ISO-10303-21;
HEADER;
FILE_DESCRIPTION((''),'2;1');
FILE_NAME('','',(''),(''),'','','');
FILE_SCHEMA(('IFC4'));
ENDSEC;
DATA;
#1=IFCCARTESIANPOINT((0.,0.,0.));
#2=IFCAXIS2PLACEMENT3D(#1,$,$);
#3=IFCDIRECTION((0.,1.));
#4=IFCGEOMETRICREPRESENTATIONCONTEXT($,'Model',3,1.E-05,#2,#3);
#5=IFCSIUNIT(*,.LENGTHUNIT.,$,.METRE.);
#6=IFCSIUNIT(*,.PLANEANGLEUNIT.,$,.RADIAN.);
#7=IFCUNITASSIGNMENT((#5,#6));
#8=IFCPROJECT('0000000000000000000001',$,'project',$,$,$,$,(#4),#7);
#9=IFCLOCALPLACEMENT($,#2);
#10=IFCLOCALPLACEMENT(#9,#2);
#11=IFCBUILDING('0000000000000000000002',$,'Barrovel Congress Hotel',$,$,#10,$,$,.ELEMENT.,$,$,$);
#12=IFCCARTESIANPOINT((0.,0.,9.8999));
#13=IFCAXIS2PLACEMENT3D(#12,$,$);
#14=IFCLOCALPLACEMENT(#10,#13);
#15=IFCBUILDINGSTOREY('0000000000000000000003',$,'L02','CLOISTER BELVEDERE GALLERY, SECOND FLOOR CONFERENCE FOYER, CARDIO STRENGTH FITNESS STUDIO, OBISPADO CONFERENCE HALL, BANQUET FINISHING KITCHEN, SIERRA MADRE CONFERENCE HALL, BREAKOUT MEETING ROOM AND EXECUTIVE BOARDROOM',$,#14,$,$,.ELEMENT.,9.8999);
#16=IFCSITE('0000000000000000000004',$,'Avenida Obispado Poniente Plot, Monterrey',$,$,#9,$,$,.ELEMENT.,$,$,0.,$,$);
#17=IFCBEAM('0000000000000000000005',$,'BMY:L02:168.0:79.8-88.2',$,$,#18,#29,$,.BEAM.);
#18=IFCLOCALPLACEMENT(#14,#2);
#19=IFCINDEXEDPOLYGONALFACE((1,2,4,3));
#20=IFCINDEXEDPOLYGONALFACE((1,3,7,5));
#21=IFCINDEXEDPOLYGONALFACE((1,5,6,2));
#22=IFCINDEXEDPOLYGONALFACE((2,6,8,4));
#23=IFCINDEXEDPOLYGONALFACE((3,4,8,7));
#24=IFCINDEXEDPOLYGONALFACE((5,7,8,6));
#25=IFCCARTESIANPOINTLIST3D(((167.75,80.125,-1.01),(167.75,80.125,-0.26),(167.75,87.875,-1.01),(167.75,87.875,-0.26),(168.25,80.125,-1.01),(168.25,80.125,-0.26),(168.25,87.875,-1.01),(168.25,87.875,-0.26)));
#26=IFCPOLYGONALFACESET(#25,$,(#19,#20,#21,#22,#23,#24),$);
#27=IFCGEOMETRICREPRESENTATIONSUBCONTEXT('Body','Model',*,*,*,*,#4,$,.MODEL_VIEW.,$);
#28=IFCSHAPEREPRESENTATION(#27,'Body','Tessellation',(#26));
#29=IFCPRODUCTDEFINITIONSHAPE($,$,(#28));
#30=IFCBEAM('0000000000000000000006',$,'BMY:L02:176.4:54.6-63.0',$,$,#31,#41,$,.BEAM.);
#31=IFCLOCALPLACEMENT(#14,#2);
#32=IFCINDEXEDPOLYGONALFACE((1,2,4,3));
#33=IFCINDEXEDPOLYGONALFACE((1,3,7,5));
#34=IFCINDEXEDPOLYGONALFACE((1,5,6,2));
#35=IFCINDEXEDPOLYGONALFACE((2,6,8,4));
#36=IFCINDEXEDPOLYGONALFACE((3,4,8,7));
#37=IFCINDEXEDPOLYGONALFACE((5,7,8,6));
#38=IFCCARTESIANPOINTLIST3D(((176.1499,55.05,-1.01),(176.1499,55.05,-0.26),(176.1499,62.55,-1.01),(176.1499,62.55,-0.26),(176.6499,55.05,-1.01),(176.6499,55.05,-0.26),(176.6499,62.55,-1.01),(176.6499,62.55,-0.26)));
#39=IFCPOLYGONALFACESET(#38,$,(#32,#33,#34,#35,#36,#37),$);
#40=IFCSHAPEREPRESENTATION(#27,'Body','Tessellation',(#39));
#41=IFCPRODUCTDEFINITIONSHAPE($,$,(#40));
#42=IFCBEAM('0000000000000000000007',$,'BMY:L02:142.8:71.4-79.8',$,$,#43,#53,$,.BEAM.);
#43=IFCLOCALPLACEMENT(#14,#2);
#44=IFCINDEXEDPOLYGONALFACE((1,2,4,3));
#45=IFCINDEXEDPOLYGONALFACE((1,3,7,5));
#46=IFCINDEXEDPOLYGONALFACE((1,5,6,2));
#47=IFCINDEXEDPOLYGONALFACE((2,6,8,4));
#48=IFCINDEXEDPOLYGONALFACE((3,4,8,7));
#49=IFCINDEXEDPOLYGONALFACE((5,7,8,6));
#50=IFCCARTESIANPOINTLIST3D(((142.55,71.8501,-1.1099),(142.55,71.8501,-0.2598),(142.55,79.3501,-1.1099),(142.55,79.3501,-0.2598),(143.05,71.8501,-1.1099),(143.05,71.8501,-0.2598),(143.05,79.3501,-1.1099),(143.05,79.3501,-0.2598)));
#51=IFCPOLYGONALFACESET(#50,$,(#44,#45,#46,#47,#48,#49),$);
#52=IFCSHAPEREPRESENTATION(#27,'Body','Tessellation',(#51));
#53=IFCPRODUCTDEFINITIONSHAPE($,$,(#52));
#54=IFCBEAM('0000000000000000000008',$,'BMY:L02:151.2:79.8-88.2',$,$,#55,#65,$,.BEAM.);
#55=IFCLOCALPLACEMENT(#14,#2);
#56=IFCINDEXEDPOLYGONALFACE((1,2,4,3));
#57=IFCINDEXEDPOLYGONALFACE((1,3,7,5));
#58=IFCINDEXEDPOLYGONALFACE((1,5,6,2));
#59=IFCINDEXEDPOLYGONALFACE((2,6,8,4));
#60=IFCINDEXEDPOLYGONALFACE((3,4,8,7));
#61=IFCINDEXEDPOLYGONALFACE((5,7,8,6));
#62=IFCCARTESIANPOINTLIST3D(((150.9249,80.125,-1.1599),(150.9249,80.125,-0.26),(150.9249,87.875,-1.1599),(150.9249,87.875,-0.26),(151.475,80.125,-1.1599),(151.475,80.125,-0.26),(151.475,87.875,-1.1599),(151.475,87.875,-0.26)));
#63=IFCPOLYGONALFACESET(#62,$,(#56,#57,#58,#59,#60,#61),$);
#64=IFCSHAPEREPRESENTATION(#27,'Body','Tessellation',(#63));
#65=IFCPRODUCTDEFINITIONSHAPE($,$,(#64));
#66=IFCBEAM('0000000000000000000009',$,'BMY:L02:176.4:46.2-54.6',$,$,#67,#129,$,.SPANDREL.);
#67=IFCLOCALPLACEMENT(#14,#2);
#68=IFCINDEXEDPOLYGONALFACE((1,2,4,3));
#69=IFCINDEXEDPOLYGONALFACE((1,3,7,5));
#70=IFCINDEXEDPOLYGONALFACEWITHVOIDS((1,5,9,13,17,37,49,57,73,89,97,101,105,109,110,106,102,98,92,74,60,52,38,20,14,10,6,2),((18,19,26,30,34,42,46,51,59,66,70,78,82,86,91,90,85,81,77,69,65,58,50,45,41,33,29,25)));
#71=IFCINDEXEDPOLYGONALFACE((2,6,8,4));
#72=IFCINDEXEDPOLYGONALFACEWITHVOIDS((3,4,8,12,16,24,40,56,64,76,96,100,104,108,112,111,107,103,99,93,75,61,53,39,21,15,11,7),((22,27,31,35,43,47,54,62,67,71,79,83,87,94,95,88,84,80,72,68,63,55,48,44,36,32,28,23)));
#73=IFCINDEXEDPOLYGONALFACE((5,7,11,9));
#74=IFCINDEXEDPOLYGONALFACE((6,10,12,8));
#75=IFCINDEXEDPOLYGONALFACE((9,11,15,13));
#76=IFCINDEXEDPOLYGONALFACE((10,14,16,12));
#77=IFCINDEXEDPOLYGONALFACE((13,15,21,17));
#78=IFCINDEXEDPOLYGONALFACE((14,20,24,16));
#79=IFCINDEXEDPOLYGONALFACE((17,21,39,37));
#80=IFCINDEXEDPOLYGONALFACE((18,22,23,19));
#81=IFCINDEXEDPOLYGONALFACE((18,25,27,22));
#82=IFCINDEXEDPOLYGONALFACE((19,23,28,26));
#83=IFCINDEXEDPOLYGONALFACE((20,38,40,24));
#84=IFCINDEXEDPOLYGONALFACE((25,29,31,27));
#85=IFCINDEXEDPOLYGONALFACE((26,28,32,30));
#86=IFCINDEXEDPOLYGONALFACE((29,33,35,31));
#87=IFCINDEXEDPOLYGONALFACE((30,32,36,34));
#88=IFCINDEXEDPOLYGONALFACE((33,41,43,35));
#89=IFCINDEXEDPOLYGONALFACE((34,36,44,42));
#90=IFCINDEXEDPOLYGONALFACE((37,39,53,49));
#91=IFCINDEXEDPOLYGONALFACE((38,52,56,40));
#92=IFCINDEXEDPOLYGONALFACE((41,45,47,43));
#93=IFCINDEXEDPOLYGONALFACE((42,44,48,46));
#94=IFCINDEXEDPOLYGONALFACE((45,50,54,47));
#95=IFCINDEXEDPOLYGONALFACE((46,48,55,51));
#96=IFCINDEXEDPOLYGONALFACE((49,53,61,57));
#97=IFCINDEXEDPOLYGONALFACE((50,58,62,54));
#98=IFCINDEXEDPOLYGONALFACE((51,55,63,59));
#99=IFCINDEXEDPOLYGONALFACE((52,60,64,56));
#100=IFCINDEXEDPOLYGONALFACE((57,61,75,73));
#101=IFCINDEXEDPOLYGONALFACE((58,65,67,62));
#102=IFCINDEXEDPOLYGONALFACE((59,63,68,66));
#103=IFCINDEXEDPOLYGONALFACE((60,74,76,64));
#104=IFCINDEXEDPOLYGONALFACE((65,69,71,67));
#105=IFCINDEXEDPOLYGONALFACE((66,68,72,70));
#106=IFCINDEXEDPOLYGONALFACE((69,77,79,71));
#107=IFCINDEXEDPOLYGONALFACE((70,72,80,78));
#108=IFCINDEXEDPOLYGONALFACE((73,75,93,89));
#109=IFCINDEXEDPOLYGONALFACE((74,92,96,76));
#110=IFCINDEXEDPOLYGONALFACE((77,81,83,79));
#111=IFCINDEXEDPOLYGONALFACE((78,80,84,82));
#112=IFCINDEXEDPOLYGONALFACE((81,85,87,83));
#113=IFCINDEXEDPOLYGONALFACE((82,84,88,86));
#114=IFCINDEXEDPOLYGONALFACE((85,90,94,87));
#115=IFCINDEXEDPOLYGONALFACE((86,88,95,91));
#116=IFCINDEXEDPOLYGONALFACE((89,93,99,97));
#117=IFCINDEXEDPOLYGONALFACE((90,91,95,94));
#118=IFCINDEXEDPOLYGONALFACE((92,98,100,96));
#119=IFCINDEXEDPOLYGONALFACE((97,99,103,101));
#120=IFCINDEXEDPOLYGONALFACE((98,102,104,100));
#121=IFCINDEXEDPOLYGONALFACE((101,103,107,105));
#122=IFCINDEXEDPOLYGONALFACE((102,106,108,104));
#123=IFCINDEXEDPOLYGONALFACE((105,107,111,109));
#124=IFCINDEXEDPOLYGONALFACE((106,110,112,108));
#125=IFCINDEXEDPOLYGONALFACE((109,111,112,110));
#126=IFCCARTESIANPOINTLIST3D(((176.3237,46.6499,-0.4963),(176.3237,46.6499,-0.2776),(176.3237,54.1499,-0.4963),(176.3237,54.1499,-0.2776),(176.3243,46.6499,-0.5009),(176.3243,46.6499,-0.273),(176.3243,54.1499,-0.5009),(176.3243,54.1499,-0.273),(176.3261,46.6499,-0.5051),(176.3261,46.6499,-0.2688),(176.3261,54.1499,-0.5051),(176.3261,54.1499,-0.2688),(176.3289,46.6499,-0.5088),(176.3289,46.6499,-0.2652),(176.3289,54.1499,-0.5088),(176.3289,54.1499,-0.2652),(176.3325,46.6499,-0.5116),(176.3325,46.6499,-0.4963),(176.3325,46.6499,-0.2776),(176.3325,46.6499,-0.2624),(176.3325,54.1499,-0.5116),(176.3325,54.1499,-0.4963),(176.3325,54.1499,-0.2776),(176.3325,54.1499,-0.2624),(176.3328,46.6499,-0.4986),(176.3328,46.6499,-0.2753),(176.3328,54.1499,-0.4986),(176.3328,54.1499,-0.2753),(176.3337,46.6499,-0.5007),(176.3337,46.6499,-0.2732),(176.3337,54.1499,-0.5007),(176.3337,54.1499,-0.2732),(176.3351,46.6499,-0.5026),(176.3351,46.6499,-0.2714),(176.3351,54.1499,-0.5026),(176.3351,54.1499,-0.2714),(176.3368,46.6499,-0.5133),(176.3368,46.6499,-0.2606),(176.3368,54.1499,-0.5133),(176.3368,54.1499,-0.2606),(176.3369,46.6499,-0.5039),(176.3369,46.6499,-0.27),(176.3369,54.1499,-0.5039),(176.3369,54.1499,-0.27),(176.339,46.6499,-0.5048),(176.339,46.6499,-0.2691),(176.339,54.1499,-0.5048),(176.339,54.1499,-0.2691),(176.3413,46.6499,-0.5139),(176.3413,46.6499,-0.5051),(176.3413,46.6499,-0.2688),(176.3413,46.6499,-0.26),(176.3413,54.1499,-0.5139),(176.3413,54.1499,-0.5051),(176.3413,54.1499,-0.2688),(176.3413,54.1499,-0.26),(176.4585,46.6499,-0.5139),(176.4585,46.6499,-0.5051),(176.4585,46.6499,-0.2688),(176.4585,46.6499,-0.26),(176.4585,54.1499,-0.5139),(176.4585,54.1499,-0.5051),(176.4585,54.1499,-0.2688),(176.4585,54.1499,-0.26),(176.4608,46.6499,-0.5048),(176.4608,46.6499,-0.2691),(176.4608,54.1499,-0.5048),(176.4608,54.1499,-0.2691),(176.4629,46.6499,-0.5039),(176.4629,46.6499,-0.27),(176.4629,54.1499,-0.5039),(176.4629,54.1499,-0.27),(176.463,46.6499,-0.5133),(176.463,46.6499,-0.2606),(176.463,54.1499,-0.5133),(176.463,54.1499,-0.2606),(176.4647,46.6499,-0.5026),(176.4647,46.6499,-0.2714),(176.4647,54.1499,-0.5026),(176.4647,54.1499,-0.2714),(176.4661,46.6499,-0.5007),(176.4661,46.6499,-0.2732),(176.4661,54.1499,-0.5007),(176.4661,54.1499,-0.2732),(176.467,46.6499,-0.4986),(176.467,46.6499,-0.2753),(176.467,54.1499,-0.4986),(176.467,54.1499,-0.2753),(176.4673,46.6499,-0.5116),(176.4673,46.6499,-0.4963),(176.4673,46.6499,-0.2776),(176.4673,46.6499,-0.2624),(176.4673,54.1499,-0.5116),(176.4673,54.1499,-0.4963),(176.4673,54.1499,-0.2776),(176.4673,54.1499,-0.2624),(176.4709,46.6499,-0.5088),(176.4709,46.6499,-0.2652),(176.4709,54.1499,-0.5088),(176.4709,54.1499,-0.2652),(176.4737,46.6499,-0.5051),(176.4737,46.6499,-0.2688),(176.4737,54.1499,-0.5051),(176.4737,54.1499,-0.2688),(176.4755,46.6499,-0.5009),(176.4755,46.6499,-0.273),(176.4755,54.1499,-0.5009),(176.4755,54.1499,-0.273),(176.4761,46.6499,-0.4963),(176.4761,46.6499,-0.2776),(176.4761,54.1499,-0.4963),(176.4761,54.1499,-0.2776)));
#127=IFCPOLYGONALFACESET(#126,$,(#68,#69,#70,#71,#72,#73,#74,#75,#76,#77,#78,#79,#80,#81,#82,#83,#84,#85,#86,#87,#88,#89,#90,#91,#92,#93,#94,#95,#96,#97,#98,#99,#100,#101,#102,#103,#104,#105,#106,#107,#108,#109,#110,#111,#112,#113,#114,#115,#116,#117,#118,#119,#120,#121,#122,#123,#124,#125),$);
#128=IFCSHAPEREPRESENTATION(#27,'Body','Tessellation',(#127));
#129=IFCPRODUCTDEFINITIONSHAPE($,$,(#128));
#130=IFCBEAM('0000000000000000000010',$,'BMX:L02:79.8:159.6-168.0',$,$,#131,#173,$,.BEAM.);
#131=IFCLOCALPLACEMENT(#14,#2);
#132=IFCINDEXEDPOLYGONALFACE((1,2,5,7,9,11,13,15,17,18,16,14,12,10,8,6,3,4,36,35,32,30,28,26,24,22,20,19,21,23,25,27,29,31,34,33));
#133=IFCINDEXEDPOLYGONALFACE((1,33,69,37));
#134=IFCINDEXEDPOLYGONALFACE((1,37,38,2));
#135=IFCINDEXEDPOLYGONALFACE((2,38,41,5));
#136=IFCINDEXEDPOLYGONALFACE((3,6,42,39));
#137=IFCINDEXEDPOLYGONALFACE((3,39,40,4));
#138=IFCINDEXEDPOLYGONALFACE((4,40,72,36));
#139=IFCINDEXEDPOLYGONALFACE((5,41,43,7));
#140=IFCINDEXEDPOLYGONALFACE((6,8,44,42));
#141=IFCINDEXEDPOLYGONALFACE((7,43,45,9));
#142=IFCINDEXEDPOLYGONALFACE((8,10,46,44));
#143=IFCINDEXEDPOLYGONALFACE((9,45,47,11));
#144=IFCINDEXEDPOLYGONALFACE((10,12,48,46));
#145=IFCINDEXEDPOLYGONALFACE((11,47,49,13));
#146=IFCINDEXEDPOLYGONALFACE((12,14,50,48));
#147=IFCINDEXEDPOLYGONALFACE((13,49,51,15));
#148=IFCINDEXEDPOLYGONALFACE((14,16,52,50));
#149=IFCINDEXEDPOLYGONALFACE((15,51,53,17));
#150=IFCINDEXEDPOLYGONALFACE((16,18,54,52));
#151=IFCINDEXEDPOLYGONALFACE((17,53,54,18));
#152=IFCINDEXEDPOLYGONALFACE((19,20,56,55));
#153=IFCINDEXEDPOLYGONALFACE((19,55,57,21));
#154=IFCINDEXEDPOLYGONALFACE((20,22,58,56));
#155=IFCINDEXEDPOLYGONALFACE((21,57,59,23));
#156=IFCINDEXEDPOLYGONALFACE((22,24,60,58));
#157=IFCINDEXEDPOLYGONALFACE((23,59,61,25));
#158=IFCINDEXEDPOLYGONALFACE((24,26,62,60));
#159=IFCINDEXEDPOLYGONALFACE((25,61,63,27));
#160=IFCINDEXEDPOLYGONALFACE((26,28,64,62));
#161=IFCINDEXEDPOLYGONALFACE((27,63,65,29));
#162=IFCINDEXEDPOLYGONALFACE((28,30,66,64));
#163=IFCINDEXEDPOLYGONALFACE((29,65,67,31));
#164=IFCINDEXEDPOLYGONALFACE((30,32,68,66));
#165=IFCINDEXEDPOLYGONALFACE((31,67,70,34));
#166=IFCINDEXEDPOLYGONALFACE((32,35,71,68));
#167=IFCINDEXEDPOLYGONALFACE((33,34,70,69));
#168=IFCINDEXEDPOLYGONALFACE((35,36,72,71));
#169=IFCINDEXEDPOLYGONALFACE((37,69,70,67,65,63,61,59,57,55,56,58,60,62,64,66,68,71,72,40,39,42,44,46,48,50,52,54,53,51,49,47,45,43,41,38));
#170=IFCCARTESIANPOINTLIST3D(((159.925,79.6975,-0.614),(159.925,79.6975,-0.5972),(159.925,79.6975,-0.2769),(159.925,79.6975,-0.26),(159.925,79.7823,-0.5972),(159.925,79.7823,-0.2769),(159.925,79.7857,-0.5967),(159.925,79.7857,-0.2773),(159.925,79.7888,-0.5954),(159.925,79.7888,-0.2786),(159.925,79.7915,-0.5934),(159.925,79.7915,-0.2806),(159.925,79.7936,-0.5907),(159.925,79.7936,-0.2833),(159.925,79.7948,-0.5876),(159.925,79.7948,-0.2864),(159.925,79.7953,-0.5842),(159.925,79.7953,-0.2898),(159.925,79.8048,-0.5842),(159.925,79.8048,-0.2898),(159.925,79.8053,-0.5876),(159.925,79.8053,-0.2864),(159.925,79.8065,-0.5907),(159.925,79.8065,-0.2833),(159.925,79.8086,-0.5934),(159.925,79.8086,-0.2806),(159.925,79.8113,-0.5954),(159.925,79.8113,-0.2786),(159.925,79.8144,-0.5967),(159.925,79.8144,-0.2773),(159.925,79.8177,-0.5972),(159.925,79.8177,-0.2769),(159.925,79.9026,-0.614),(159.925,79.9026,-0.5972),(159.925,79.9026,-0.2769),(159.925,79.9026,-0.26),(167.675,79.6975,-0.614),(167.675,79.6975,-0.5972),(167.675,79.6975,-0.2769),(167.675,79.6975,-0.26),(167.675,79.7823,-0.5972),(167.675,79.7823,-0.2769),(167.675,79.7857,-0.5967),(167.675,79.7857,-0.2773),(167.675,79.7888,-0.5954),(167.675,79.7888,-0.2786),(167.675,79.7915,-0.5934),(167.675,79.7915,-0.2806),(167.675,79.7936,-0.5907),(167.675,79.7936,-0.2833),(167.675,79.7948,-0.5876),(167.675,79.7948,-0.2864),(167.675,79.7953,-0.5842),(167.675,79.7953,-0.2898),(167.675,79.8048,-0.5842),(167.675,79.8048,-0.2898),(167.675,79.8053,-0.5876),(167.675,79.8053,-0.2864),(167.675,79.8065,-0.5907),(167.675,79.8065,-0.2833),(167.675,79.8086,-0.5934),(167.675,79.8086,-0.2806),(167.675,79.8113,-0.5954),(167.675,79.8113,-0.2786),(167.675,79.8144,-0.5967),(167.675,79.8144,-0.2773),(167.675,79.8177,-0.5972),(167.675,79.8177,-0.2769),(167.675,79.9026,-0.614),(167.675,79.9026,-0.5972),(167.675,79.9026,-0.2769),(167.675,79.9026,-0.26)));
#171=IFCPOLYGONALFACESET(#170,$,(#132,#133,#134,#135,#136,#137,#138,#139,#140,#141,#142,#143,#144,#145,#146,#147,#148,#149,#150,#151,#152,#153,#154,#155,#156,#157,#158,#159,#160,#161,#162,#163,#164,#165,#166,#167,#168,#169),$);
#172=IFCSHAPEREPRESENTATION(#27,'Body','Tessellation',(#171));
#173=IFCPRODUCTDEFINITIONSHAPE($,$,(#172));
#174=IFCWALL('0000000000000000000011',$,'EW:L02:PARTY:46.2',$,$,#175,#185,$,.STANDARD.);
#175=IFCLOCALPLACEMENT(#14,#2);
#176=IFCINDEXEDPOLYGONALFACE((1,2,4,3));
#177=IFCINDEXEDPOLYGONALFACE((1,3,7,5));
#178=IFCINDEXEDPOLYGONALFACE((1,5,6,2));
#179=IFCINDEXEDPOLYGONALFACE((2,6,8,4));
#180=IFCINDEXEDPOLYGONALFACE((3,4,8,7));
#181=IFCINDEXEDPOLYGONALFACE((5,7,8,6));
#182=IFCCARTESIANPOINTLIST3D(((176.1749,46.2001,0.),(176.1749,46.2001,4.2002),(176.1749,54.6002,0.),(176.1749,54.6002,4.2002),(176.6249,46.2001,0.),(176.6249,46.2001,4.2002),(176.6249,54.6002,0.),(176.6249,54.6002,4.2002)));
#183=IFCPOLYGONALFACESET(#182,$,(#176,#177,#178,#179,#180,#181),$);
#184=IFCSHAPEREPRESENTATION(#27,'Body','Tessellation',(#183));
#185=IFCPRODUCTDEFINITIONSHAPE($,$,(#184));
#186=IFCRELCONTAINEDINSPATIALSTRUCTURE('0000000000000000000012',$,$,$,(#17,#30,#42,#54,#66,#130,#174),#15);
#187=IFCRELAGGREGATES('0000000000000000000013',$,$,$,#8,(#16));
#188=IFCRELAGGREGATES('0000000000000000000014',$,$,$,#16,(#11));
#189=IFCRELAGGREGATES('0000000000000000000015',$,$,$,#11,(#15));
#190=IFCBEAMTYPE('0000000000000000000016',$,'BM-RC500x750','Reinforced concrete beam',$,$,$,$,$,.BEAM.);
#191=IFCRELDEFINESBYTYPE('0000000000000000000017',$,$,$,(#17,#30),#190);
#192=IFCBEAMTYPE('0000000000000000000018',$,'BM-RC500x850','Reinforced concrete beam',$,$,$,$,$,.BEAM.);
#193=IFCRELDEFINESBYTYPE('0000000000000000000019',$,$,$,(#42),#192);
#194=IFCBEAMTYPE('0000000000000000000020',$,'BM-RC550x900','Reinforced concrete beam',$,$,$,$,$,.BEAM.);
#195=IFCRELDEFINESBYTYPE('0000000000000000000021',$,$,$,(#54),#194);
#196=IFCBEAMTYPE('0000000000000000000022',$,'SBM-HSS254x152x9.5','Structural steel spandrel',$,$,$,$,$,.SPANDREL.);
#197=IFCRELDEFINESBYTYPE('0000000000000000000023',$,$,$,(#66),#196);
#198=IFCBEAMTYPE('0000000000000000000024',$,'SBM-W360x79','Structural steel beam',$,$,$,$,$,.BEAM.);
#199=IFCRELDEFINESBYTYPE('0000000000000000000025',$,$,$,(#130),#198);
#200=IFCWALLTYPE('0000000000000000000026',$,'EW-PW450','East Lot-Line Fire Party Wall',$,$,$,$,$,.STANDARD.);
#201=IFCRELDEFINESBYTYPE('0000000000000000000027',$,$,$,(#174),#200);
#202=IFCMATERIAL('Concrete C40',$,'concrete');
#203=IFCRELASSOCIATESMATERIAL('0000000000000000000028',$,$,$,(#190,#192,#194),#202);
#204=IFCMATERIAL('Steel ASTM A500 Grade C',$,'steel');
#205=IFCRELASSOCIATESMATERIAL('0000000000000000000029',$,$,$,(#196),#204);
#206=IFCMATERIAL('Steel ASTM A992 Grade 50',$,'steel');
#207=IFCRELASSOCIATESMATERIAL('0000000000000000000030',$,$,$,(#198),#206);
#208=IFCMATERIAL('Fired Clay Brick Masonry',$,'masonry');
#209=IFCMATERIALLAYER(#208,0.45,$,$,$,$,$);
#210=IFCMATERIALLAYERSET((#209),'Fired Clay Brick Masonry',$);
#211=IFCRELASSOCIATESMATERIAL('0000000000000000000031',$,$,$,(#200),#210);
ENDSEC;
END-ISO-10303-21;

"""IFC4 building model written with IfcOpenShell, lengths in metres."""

from ifc_helpers import new_model, si_unit, direction, frame, frame_2d, origin, origin_2d, place, context, subcontext, project, spatial, rectangle, hollow_rectangle, i_section, extrude, material, layer, layer_set, material_profile, profile_set, type_object, element, save


model = new_model("IFC4")

# Units and contexts
model_context = context("Model", 3, precision=1e-05, world=origin(), true_north=direction((0.0, 1.0)))
body_context = subcontext(model_context, "Body", "Model", "MODEL_VIEW")
ifc_project = project(units=[si_unit("LENGTHUNIT", "METRE"), si_unit("PLANEANGLEUNIT", "RADIAN")], contexts=[model_context])

# Site, building, storey
site_placement = place(None, origin())
site = spatial("IfcSite", under=ifc_project, at=site_placement, Name="Avenida Obispado Poniente Plot, Monterrey", CompositionType="ELEMENT", RefElevation=0.0)
building_placement = place(site_placement, origin())
building = spatial("IfcBuilding", under=site, at=building_placement, Name="Barrovel Congress Hotel", CompositionType="ELEMENT")
storey_placement = place(building_placement, frame((0.0, 0.0, 9.8999)))
storey = spatial("IfcBuildingStorey", under=building, at=storey_placement, Name="L02", Description="CLOISTER BELVEDERE GALLERY, SECOND FLOOR CONFERENCE FOYER, CARDIO STRENGTH FITNESS STUDIO, OBISPADO CONFERENCE HALL, BANQUET FINISHING KITCHEN, SIERRA MADRE CONFERENCE HALL, BREAKOUT MEETING ROOM AND EXECUTIVE BOARDROOM", CompositionType="ELEMENT", Elevation=9.8999)

# Shared definitions
ifc_material_1 = material(Name="Concrete C40", Category="concrete")

# Beams
ifc_material_profile_1 = material_profile(ifc_material_1, rectangle(XDim=0.5, YDim=0.75, at=origin_2d()), Name="RC500x750")
ifc_profile_set_1 = profile_set([ifc_material_profile_1], Name="Concrete C40")
beam_type_1 = type_object("IfcBeamType", Name="BM-RC500x750", Description="Reinforced concrete beam", PredefinedType="BEAM", material=ifc_profile_set_1)
beam_1_placement = place(storey_placement, frame((168.0, 80.125, -0.635), z_axis=(0.0, 1.0, 0.0), x_axis=(-1.0, 0.0, 0.0)))
element("IfcBeam", 1, at=beam_1_placement, inside=storey, type_object=beam_type_1, Name="BMY:L02:168.0:79.8-88.2", PredefinedType="BEAM", context=body_context, shape_type="SweptSolid", body=[
    extrude(rectangle(XDim=0.5, YDim=0.75, at=origin_2d()), origin(), (0.0, 0.0, 1.0), 7.75),
])
beam_2_placement = place(storey_placement, frame((176.3999, 55.05, -0.635), z_axis=(0.0, 1.0, 0.0), x_axis=(-1.0, 0.0, 0.0)))
element("IfcBeam", 2, at=beam_2_placement, inside=storey, type_object=beam_type_1, Name="BMY:L02:176.4:54.6-63.0", PredefinedType="BEAM", context=body_context, shape_type="SweptSolid", body=[
    extrude(rectangle(XDim=0.5, YDim=0.75, at=origin_2d()), origin(), (0.0, 0.0, 1.0), 7.5),
])
ifc_material_profile_2 = material_profile(ifc_material_1, rectangle(XDim=0.5, YDim=0.8501, at=origin_2d()), Name="RC500x850")
ifc_profile_set_2 = profile_set([ifc_material_profile_2], Name="Concrete C40")
beam_type_2 = type_object("IfcBeamType", Name="BM-RC500x850", Description="Reinforced concrete beam", PredefinedType="BEAM", material=ifc_profile_set_2)
beam_3_placement = place(storey_placement, frame((142.8, 71.8501, -0.6848), z_axis=(0.0, 1.0, 0.0), x_axis=(-1.0, 0.0, 0.0)))
element("IfcBeam", 3, at=beam_3_placement, inside=storey, type_object=beam_type_2, Name="BMY:L02:142.8:71.4-79.8", PredefinedType="BEAM", context=body_context, shape_type="SweptSolid", body=[
    extrude(rectangle(XDim=0.5, YDim=0.8501, at=origin_2d()), origin(), (0.0, 0.0, 1.0), 7.5),
])
ifc_material_profile_3 = material_profile(ifc_material_1, rectangle(XDim=0.55, YDim=0.8999, at=origin_2d()), Name="RC550x900")
ifc_profile_set_3 = profile_set([ifc_material_profile_3], Name="Concrete C40")
beam_type_3 = type_object("IfcBeamType", Name="BM-RC550x900", Description="Reinforced concrete beam", PredefinedType="BEAM", material=ifc_profile_set_3)
beam_4_placement = place(storey_placement, frame((151.2, 80.125, -0.71), z_axis=(0.0, 1.0, 0.0), x_axis=(-1.0, 0.0, 0.0)))
element("IfcBeam", 4, at=beam_4_placement, inside=storey, type_object=beam_type_3, Name="BMY:L02:151.2:79.8-88.2", PredefinedType="BEAM", context=body_context, shape_type="SweptSolid", body=[
    extrude(rectangle(XDim=0.55, YDim=0.8999, at=origin_2d()), origin(), (0.0, 0.0, 1.0), 7.75),
])
ifc_material_2 = material(Name="Steel ASTM A500 Grade C", Category="steel")
ifc_material_profile_4 = material_profile(ifc_material_2, hollow_rectangle(XDim=0.1523, YDim=0.2539, WallThickness=0.0088, InnerFilletRadius=0.0088, OuterFilletRadius=0.0176, at=origin_2d()), Name="HSS254x152x9.5")
ifc_profile_set_4 = profile_set([ifc_material_profile_4], Name="Steel ASTM A500 Grade C")
beam_type_4 = type_object("IfcBeamType", Name="SBM-HSS254x152x9.5", Description="Structural steel spandrel", PredefinedType="SPANDREL", material=ifc_profile_set_4)
beam_5_placement = place(storey_placement, frame((176.3999, 46.6499, -0.387), z_axis=(0.0, 1.0, 0.0), x_axis=(-1.0, 0.0, 0.0)))
element("IfcBeam", 5, at=beam_5_placement, inside=storey, type_object=beam_type_4, Name="BMY:L02:176.4:46.2-54.6", PredefinedType="SPANDREL", context=body_context, shape_type="SweptSolid", body=[
    extrude(hollow_rectangle(XDim=0.1523, YDim=0.2539, WallThickness=0.0088, InnerFilletRadius=0.0088, OuterFilletRadius=0.0176, at=origin_2d()), origin(), (0.0, 0.0, 1.0), 7.5),
])
ifc_material_3 = material(Name="Steel ASTM A992 Grade 50", Category="steel")
ifc_material_profile_5 = material_profile(ifc_material_3, i_section(OverallWidth=0.2051, OverallDepth=0.354, WebThickness=0.0095, FlangeThickness=0.0168, FilletRadius=0.0129, at=origin_2d()), Name="W360x79")
ifc_profile_set_5 = profile_set([ifc_material_profile_5], Name="Steel ASTM A992 Grade 50")
beam_type_5 = type_object("IfcBeamType", Name="SBM-W360x79", Description="Structural steel beam", PredefinedType="BEAM", material=ifc_profile_set_5)
beam_6_placement = place(storey_placement, frame((159.925, 79.8, -0.437), z_axis=(1.0, 0.0, 0.0), x_axis=(0.0, 1.0, 0.0)))
element("IfcBeam", 6, at=beam_6_placement, inside=storey, type_object=beam_type_5, Name="BMX:L02:79.8:159.6-168.0", PredefinedType="BEAM", context=body_context, shape_type="SweptSolid", body=[
    extrude(i_section(OverallWidth=0.2051, OverallDepth=0.354, WebThickness=0.0095, FlangeThickness=0.0168, FilletRadius=0.0129, at=origin_2d()), origin(), (0.0, 0.0, 1.0), 7.75),
])

# Wall
ifc_material_4 = material(Name="Fired Clay Brick Masonry", Category="masonry")
ifc_layer = layer(ifc_material_4, 0.45)
ifc_layer_set = layer_set([ifc_layer], Name="Fired Clay Brick Masonry")
wall_type = type_object("IfcWallType", Name="EW-PW450", Description="East Lot-Line Fire Party Wall", PredefinedType="STANDARD", material=ifc_layer_set)
wall_1_placement = place(storey_placement, frame((176.3999, 46.2, 0.0), z_axis=(0.0, 0.0, 1.0), x_axis=(0.0, 1.0, 0.0)))
element("IfcWall", 7, at=wall_1_placement, inside=storey, type_object=wall_type, Name="EW:L02:PARTY:46.2", PredefinedType="STANDARD", context=body_context, shape_type="SweptSolid", body=[
    extrude(rectangle(XDim=8.4001, YDim=0.45, at=frame_2d((4.2002, 0.0))), origin(), (0.0, 0.0, 1.0), 4.2002),
])

save(model, "model.ifc")
